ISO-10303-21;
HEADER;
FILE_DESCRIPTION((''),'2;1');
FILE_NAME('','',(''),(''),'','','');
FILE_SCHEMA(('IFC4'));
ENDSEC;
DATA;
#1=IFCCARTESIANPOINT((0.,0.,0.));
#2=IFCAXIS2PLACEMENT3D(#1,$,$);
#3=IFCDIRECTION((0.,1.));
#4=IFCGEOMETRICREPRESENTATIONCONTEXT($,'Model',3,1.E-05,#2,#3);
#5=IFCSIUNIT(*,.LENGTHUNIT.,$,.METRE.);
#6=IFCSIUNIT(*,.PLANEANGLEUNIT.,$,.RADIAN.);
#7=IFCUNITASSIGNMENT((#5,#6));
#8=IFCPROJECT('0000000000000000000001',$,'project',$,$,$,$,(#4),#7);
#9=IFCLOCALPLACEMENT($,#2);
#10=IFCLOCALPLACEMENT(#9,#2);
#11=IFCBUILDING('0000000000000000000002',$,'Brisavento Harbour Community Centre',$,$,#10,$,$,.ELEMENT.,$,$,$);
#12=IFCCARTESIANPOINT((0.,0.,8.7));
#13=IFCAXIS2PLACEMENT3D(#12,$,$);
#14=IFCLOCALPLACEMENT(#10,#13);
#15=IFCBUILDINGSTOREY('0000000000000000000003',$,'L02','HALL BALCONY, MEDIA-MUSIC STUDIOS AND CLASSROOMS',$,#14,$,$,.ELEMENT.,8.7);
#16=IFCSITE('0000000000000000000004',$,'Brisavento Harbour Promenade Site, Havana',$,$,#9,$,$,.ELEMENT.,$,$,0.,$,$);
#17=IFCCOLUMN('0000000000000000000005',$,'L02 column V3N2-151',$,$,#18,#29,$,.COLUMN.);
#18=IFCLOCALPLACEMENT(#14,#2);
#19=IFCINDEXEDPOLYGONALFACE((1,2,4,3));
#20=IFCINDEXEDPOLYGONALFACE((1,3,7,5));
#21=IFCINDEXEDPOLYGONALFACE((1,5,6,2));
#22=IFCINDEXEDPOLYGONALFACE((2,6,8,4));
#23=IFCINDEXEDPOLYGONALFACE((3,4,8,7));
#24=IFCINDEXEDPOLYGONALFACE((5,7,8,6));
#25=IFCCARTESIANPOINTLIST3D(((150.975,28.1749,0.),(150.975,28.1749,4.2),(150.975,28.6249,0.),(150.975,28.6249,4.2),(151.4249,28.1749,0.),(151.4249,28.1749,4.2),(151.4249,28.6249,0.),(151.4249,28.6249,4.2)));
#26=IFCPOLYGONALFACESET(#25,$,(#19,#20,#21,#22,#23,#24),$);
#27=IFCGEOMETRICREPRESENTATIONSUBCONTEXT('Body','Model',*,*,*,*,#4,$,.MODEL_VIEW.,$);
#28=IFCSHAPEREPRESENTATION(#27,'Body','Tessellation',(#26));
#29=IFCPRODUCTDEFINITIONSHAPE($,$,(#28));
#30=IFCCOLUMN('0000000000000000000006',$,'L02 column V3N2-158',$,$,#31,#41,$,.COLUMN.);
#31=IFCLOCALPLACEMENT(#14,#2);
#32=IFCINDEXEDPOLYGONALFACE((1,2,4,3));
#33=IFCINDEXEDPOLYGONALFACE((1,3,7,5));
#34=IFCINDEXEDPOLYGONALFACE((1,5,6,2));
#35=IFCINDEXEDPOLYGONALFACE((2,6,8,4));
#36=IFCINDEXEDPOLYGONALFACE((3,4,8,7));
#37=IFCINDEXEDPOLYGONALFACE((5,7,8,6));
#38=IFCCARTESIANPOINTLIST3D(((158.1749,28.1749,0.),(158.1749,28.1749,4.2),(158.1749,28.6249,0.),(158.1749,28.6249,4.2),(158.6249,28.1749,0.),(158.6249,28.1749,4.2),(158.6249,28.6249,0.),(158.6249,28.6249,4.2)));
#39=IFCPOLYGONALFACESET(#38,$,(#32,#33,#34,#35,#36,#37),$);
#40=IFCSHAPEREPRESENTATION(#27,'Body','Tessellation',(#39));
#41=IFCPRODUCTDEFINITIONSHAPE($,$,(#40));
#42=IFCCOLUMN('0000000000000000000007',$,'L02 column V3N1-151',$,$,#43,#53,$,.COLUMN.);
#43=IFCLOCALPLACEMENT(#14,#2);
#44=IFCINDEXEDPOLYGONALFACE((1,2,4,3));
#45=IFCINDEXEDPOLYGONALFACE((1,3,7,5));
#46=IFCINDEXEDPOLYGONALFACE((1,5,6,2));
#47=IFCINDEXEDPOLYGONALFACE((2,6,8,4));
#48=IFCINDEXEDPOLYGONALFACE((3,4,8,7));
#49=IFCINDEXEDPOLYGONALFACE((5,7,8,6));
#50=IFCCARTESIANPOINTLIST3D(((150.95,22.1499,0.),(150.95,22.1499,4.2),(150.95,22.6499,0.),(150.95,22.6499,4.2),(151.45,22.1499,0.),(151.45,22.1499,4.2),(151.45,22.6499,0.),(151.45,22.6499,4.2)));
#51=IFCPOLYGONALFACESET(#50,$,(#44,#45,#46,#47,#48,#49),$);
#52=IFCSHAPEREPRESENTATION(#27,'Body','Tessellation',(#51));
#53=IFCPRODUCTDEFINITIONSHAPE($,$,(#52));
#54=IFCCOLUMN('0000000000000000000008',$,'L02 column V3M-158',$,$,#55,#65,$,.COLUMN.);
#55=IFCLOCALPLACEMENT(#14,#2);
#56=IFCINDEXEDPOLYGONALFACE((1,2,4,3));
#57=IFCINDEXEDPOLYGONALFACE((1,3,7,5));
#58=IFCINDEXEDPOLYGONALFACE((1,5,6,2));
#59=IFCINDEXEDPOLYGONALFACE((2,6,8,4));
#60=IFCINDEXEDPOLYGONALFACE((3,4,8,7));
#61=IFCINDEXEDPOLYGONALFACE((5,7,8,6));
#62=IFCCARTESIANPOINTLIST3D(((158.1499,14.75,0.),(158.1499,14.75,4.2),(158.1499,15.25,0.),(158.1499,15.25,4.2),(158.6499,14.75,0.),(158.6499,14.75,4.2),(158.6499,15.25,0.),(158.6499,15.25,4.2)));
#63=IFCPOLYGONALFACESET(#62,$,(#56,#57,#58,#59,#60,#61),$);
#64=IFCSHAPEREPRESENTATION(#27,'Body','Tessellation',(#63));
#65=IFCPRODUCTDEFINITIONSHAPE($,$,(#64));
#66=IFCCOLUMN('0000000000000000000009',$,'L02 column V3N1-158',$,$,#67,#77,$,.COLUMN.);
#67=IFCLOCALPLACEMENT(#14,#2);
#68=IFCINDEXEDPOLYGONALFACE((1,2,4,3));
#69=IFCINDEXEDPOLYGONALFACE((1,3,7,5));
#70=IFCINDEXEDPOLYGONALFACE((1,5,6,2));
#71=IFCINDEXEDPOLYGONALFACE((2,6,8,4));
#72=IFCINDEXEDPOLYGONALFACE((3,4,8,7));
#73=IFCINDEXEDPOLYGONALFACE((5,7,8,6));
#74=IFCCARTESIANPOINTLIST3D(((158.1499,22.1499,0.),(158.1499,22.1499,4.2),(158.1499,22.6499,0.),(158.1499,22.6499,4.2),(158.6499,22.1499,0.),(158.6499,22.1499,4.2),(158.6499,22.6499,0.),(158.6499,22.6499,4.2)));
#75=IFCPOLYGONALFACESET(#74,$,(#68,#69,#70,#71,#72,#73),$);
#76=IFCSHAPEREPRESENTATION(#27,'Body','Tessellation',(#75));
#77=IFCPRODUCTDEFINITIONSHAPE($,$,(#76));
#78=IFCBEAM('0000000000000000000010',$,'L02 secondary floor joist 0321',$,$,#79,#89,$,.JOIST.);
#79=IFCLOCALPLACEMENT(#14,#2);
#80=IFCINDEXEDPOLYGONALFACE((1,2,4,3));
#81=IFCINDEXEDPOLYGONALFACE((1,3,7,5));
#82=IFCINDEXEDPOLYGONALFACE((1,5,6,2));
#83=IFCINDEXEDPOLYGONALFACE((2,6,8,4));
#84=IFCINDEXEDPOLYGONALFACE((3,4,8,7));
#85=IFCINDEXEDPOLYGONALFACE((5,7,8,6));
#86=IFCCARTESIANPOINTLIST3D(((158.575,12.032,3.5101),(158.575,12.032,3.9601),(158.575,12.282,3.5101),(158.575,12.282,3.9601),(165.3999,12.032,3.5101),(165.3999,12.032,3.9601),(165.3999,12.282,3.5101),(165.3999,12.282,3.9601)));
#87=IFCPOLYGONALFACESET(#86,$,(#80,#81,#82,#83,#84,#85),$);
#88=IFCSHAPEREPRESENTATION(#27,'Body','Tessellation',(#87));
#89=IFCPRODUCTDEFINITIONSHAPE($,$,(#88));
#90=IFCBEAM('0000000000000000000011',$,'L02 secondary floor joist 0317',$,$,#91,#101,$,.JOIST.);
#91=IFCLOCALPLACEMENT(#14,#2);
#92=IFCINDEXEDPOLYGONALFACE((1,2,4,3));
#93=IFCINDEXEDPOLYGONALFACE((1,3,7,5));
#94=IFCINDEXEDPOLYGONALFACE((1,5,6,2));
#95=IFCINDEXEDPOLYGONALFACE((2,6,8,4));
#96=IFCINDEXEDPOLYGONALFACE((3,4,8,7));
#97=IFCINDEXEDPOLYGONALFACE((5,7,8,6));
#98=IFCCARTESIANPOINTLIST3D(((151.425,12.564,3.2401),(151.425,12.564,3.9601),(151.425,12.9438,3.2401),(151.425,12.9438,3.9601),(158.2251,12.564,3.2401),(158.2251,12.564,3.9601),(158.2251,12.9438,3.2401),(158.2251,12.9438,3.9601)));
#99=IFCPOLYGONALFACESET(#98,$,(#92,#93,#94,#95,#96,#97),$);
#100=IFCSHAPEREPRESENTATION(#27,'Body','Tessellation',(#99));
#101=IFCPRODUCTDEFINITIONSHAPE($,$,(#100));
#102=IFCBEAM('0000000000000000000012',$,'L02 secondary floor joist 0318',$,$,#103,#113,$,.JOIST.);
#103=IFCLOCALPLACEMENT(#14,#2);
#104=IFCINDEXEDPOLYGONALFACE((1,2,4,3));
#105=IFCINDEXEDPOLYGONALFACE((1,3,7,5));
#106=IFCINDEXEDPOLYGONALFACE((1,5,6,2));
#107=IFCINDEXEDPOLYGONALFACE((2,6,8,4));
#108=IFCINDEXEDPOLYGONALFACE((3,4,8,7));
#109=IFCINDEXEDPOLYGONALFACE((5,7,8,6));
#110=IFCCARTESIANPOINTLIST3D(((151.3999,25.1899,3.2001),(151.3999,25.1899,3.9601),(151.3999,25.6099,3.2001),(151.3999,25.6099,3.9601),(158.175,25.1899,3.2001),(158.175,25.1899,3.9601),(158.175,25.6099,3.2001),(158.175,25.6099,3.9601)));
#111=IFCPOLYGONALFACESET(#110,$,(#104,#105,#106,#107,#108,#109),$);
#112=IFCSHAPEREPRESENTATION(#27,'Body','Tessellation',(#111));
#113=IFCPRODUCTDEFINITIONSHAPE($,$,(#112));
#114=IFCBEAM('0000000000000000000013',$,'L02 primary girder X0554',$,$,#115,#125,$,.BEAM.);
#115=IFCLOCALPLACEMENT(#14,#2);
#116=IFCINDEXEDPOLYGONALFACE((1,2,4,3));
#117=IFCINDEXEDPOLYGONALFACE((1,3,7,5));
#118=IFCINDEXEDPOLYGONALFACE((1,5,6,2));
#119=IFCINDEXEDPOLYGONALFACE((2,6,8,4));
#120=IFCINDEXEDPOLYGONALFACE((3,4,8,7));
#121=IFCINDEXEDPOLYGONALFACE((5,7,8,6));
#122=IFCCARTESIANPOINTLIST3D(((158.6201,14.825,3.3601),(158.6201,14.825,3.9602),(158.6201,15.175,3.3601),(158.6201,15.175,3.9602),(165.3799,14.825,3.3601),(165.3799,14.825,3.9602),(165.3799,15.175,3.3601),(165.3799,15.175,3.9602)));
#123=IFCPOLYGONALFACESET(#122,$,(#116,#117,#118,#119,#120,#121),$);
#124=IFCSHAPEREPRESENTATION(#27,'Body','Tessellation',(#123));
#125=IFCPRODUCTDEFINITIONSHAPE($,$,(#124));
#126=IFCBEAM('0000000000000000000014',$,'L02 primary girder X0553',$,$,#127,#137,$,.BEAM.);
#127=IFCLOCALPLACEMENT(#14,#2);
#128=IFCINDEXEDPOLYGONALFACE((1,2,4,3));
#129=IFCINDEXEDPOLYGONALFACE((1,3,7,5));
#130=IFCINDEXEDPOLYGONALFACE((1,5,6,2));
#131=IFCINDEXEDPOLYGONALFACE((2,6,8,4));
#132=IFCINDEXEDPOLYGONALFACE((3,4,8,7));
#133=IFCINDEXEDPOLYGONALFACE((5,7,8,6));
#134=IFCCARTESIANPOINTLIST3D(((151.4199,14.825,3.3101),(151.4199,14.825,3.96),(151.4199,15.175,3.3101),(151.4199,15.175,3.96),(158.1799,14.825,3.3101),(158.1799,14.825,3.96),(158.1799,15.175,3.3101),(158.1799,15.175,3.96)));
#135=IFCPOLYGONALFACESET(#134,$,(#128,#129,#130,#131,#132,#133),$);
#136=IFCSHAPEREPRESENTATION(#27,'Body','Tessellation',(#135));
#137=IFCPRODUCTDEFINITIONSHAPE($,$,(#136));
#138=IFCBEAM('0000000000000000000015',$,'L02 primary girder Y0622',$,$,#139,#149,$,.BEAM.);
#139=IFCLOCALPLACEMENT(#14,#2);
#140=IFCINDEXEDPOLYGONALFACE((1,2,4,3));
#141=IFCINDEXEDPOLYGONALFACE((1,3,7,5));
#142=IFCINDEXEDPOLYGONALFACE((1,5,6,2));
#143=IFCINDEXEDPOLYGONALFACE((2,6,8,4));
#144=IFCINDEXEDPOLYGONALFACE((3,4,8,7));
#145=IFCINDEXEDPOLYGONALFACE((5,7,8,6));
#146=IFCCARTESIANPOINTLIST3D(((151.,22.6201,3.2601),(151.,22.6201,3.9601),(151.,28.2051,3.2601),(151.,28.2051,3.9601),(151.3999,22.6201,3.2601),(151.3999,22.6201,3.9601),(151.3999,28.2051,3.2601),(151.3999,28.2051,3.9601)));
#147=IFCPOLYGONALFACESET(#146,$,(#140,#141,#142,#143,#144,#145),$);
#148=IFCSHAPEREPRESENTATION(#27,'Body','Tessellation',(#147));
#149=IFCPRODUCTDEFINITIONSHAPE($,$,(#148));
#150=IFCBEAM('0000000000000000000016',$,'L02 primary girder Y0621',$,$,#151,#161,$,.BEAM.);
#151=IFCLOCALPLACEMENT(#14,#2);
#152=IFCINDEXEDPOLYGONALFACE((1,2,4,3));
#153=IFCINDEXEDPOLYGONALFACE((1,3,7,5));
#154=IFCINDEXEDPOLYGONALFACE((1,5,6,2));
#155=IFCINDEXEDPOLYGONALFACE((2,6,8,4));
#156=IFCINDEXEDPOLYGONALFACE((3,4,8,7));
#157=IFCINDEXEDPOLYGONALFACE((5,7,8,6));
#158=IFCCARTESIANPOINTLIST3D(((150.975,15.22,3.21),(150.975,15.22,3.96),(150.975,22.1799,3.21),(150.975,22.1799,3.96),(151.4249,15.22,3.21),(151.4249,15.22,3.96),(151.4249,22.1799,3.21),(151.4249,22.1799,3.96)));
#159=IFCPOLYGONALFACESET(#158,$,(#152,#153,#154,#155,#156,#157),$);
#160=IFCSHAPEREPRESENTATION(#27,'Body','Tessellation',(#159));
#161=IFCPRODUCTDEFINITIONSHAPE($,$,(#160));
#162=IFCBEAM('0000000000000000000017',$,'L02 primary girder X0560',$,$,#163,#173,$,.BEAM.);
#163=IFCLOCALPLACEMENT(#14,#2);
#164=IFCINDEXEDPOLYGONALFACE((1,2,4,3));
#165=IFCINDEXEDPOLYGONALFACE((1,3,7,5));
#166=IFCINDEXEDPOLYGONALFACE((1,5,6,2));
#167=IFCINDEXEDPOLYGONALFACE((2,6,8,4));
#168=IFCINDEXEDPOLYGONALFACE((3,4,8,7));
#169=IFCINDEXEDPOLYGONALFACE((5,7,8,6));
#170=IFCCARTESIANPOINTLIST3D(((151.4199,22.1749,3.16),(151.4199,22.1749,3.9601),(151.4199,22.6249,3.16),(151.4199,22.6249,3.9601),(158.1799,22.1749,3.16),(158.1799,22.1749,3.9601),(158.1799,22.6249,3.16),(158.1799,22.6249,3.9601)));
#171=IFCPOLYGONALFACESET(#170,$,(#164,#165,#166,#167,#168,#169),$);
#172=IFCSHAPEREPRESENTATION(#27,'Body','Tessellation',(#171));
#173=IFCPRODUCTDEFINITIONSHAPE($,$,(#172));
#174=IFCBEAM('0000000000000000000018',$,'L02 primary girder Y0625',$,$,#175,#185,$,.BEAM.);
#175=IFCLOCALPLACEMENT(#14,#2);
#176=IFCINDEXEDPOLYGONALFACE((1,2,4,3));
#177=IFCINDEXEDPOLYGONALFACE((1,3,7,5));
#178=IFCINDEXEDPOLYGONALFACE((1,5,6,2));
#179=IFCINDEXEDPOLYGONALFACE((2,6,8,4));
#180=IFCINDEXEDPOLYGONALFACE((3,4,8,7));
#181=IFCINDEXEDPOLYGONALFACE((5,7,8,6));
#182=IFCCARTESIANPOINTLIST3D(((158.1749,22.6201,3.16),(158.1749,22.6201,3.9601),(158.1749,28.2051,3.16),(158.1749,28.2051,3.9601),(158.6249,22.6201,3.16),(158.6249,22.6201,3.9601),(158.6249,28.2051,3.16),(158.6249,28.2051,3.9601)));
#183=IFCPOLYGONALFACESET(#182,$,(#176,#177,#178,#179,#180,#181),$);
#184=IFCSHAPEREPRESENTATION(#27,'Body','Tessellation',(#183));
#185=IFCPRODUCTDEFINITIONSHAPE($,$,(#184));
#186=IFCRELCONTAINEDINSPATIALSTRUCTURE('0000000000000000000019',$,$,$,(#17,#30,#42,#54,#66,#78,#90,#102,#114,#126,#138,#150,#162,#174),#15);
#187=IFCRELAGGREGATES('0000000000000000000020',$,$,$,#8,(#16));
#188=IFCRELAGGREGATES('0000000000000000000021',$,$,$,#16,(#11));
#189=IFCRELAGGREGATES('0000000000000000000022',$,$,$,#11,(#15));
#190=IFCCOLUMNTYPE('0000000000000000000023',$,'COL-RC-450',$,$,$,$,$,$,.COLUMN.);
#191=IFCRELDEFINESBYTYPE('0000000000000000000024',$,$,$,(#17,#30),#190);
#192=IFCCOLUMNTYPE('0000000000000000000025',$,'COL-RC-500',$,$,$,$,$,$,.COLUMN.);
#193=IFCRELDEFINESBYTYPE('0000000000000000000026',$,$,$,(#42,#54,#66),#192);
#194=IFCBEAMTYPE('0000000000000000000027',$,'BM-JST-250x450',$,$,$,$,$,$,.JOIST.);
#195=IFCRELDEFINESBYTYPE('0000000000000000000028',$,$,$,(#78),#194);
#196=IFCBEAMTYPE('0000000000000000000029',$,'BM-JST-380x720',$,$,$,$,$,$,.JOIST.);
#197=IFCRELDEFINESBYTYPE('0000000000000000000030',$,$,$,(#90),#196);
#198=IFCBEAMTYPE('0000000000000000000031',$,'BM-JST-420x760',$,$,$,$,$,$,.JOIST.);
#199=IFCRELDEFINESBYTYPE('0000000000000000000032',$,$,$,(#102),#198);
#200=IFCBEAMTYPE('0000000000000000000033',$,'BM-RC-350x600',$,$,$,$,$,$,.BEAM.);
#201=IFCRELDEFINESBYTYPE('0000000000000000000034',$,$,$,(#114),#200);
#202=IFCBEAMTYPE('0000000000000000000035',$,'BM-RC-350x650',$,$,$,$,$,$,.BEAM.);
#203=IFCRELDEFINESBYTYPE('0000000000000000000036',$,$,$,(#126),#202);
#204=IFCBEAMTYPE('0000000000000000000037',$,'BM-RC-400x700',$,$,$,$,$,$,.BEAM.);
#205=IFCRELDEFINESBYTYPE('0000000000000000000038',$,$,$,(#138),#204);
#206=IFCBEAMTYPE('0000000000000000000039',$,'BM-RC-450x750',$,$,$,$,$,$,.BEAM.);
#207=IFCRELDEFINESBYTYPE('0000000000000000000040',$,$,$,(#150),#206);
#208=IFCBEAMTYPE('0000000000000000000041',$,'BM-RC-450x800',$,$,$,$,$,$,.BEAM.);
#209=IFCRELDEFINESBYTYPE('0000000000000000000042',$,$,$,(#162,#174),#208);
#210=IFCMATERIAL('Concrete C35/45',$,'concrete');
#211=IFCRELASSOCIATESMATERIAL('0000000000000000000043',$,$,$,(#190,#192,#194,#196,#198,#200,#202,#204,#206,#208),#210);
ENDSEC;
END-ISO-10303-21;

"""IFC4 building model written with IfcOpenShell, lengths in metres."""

from ifc_helpers import new_model, si_unit, direction, frame, origin, origin_2d, place, context, subcontext, project, spatial, rectangle, extrude, material, material_profile, profile_set, type_object, element, save


model = new_model("IFC4")

# Units and contexts
model_context = context("Model", 3, precision=1e-05, world=origin(), true_north=direction((0.0, 1.0)))
body_context = subcontext(model_context, "Body", "Model", "MODEL_VIEW")
ifc_project = project(units=[si_unit("LENGTHUNIT", "METRE"), si_unit("PLANEANGLEUNIT", "RADIAN")], contexts=[model_context])

# Site, building, storey
site_placement = place(None, origin())
site = spatial("IfcSite", under=ifc_project, at=site_placement, Name="Brisavento Harbour Promenade Site, Havana", CompositionType="ELEMENT", RefElevation=0.0)
building_placement = place(site_placement, origin())
building = spatial("IfcBuilding", under=site, at=building_placement, Name="Brisavento Harbour Community Centre", CompositionType="ELEMENT")
storey_placement = place(building_placement, frame((0.0, 0.0, 8.7)))
storey = spatial("IfcBuildingStorey", under=building, at=storey_placement, Name="L02", Description="HALL BALCONY, MEDIA-MUSIC STUDIOS AND CLASSROOMS", CompositionType="ELEMENT", Elevation=8.7)

# Columns
ifc_material_1 = material(Name="Concrete C35/45", Category="concrete")
ifc_material_profile_1 = material_profile(ifc_material_1, rectangle(XDim=0.45, YDim=0.45, at=origin_2d()), Name="Concrete C35/45")
ifc_profile_set_1 = profile_set([ifc_material_profile_1], Name="Concrete C35/45")
column_type_1 = type_object("IfcColumnType", Name="COL-RC-450", PredefinedType="COLUMN", material=ifc_profile_set_1)
for number, where, z_axis, x_axis, name in (
    (1, (151.2, 28.3999, 0.0), (0.0, 0.0, 1.0), (1.0, 0.0, 0.0), "L02 column V3N2-151"),
    (2, (158.3999, 28.3999, 0.0), (0.0, 0.0, 1.0), (1.0, 0.0, 0.0), "L02 column V3N2-158"),
):
    element("IfcColumn", number, at=place(storey_placement, frame(where, z_axis=z_axis, x_axis=x_axis)), inside=storey, type_object=column_type_1, Name=name, PredefinedType="COLUMN", context=body_context, shape_type="SweptSolid", body=[
        extrude(rectangle(XDim=0.45, YDim=0.45, at=origin_2d()), origin(), (0.0, 0.0, 1.0), 4.2),
    ])
ifc_material_profile_2 = material_profile(ifc_material_1, rectangle(XDim=0.5, YDim=0.5, at=origin_2d()), Name="Concrete C35/45")
ifc_profile_set_2 = profile_set([ifc_material_profile_2], Name="Concrete C35/45")
column_type_2 = type_object("IfcColumnType", Name="COL-RC-500", PredefinedType="COLUMN", material=ifc_profile_set_2)
for number, where, z_axis, x_axis, name in (
    (3, (151.2, 22.3999, 0.0), (0.0, 0.0, 1.0), (1.0, 0.0, 0.0), "L02 column V3N1-151"),
    (4, (158.3999, 15.0, 0.0), (0.0, 0.0, 1.0), (1.0, 0.0, 0.0), "L02 column V3M-158"),
    (5, (158.3999, 22.3999, 0.0), (0.0, 0.0, 1.0), (1.0, 0.0, 0.0), "L02 column V3N1-158"),
):
    element("IfcColumn", number, at=place(storey_placement, frame(where, z_axis=z_axis, x_axis=x_axis)), inside=storey, type_object=column_type_2, Name=name, PredefinedType="COLUMN", context=body_context, shape_type="SweptSolid", body=[
        extrude(rectangle(XDim=0.5, YDim=0.5, at=origin_2d()), origin(), (0.0, 0.0, 1.0), 4.2),
    ])

# Beams
ifc_material_profile_3 = material_profile(ifc_material_1, rectangle(XDim=0.25, YDim=0.45, at=origin_2d()), Name="Concrete C35/45")
ifc_profile_set_3 = profile_set([ifc_material_profile_3], Name="Concrete C35/45")
beam_type_1 = type_object("IfcBeamType", Name="BM-JST-250x450", PredefinedType="JOIST", material=ifc_profile_set_3)
beam_1_placement = place(storey_placement, frame((158.575, 12.157, 3.7351), z_axis=(1.0, 0.0, 0.0), x_axis=(0.0, 1.0, 0.0)))
element("IfcBeam", 6, at=beam_1_placement, inside=storey, type_object=beam_type_1, Name="L02 secondary floor joist 0321", PredefinedType="JOIST", context=body_context, shape_type="SweptSolid", body=[
    extrude(rectangle(XDim=0.25, YDim=0.45, at=origin_2d()), origin(), (0.0, 0.0, 1.0), 6.825),
])
ifc_material_profile_4 = material_profile(ifc_material_1, rectangle(XDim=0.3799, YDim=0.72, at=origin_2d()), Name="Concrete C35/45")
ifc_profile_set_4 = profile_set([ifc_material_profile_4], Name="Concrete C35/45")
beam_type_2 = type_object("IfcBeamType", Name="BM-JST-380x720", PredefinedType="JOIST", material=ifc_profile_set_4)
beam_2_placement = place(storey_placement, frame((151.425, 12.7539, 3.6001), z_axis=(1.0, 0.0, 0.0), x_axis=(0.0, 1.0, 0.0)))
element("IfcBeam", 7, at=beam_2_placement, inside=storey, type_object=beam_type_2, Name="L02 secondary floor joist 0317", PredefinedType="JOIST", context=body_context, shape_type="SweptSolid", body=[
    extrude(rectangle(XDim=0.3799, YDim=0.72, at=origin_2d()), origin(), (0.0, 0.0, 1.0), 6.8),
])
ifc_material_profile_5 = material_profile(ifc_material_1, rectangle(XDim=0.4199, YDim=0.76, at=origin_2d()), Name="Concrete C35/45")
ifc_profile_set_5 = profile_set([ifc_material_profile_5], Name="Concrete C35/45")
beam_type_3 = type_object("IfcBeamType", Name="BM-JST-420x760", PredefinedType="JOIST", material=ifc_profile_set_5)
beam_3_placement = place(storey_placement, frame((151.3999, 25.3999, 3.5801), z_axis=(1.0, 0.0, 0.0), x_axis=(0.0, 1.0, 0.0)))
element("IfcBeam", 8, at=beam_3_placement, inside=storey, type_object=beam_type_3, Name="L02 secondary floor joist 0318", PredefinedType="JOIST", context=body_context, shape_type="SweptSolid", body=[
    extrude(rectangle(XDim=0.4199, YDim=0.76, at=origin_2d()), origin(), (0.0, 0.0, 1.0), 6.7751),
])
ifc_material_profile_6 = material_profile(ifc_material_1, rectangle(XDim=0.3501, YDim=0.6001, at=origin_2d()), Name="Concrete C35/45")
ifc_profile_set_6 = profile_set([ifc_material_profile_6], Name="Concrete C35/45")
beam_type_4 = type_object("IfcBeamType", Name="BM-RC-350x600", PredefinedType="BEAM", material=ifc_profile_set_6)
beam_4_placement = place(storey_placement, frame((158.6201, 15.0, 3.6602), z_axis=(1.0, 0.0, 0.0), x_axis=(0.0, 1.0, 0.0)))
element("IfcBeam", 9, at=beam_4_placement, inside=storey, type_object=beam_type_4, Name="L02 primary girder X0554", PredefinedType="BEAM", context=body_context, shape_type="SweptSolid", body=[
    extrude(rectangle(XDim=0.3501, YDim=0.6001, at=origin_2d()), origin(), (0.0, 0.0, 1.0), 6.7598),
])
ifc_material_profile_7 = material_profile(ifc_material_1, rectangle(XDim=0.3501, YDim=0.6499, at=origin_2d()), Name="Concrete C35/45")
ifc_profile_set_7 = profile_set([ifc_material_profile_7], Name="Concrete C35/45")
beam_type_5 = type_object("IfcBeamType", Name="BM-RC-350x650", PredefinedType="BEAM", material=ifc_profile_set_7)
beam_5_placement = place(storey_placement, frame((151.4199, 15.0, 3.635), z_axis=(1.0, 0.0, 0.0), x_axis=(0.0, 1.0, 0.0)))
element("IfcBeam", 10, at=beam_5_placement, inside=storey, type_object=beam_type_5, Name="L02 primary girder X0553", PredefinedType="BEAM", context=body_context, shape_type="SweptSolid", body=[
    extrude(rectangle(XDim=0.3501, YDim=0.6499, at=origin_2d()), origin(), (0.0, 0.0, 1.0), 6.76),
])
ifc_material_profile_8 = material_profile(ifc_material_1, rectangle(XDim=0.3999, YDim=0.7, at=origin_2d()), Name="Concrete C35/45")
ifc_profile_set_8 = profile_set([ifc_material_profile_8], Name="Concrete C35/45")
beam_type_6 = type_object("IfcBeamType", Name="BM-RC-400x700", PredefinedType="BEAM", material=ifc_profile_set_8)
beam_6_placement = place(storey_placement, frame((151.2, 22.6201, 3.6101), z_axis=(0.0, 1.0, 0.0), x_axis=(-1.0, 0.0, 0.0)))
element("IfcBeam", 11, at=beam_6_placement, inside=storey, type_object=beam_type_6, Name="L02 primary girder Y0622", PredefinedType="BEAM", context=body_context, shape_type="SweptSolid", body=[
    extrude(rectangle(XDim=0.3999, YDim=0.7, at=origin_2d()), origin(), (0.0, 0.0, 1.0), 5.585),
])
ifc_material_profile_9 = material_profile(ifc_material_1, rectangle(XDim=0.45, YDim=0.75, at=origin_2d()), Name="Concrete C35/45")
ifc_profile_set_9 = profile_set([ifc_material_profile_9], Name="Concrete C35/45")
beam_type_7 = type_object("IfcBeamType", Name="BM-RC-450x750", PredefinedType="BEAM", material=ifc_profile_set_9)
beam_7_placement = place(storey_placement, frame((151.2, 15.22, 3.585), z_axis=(0.0, 1.0, 0.0), x_axis=(-1.0, 0.0, 0.0)))
element("IfcBeam", 12, at=beam_7_placement, inside=storey, type_object=beam_type_7, Name="L02 primary girder Y0621", PredefinedType="BEAM", context=body_context, shape_type="SweptSolid", body=[
    extrude(rectangle(XDim=0.45, YDim=0.75, at=origin_2d()), origin(), (0.0, 0.0, 1.0), 6.96),
])
ifc_material_profile_10 = material_profile(ifc_material_1, rectangle(XDim=0.45, YDim=0.8, at=origin_2d()), Name="Concrete C35/45")
ifc_profile_set_10 = profile_set([ifc_material_profile_10], Name="Concrete C35/45")
beam_type_8 = type_object("IfcBeamType", Name="BM-RC-450x800", PredefinedType="BEAM", material=ifc_profile_set_10)
beam_8_placement = place(storey_placement, frame((151.4199, 22.3999, 3.5601), z_axis=(1.0, 0.0, 0.0), x_axis=(0.0, 1.0, 0.0)))
element("IfcBeam", 13, at=beam_8_placement, inside=storey, type_object=beam_type_8, Name="L02 primary girder X0560", PredefinedType="BEAM", context=body_context, shape_type="SweptSolid", body=[
    extrude(rectangle(XDim=0.45, YDim=0.8, at=origin_2d()), origin(), (0.0, 0.0, 1.0), 6.76),
])
beam_9_placement = place(storey_placement, frame((158.3999, 22.6201, 3.5601), z_axis=(0.0, 1.0, 0.0), x_axis=(-1.0, 0.0, 0.0)))
element("IfcBeam", 14, at=beam_9_placement, inside=storey, type_object=beam_type_8, Name="L02 primary girder Y0625", PredefinedType="BEAM", context=body_context, shape_type="SweptSolid", body=[
    extrude(rectangle(XDim=0.45, YDim=0.8, at=origin_2d()), origin(), (0.0, 0.0, 1.0), 5.585),
])

save(model, "model.ifc")
